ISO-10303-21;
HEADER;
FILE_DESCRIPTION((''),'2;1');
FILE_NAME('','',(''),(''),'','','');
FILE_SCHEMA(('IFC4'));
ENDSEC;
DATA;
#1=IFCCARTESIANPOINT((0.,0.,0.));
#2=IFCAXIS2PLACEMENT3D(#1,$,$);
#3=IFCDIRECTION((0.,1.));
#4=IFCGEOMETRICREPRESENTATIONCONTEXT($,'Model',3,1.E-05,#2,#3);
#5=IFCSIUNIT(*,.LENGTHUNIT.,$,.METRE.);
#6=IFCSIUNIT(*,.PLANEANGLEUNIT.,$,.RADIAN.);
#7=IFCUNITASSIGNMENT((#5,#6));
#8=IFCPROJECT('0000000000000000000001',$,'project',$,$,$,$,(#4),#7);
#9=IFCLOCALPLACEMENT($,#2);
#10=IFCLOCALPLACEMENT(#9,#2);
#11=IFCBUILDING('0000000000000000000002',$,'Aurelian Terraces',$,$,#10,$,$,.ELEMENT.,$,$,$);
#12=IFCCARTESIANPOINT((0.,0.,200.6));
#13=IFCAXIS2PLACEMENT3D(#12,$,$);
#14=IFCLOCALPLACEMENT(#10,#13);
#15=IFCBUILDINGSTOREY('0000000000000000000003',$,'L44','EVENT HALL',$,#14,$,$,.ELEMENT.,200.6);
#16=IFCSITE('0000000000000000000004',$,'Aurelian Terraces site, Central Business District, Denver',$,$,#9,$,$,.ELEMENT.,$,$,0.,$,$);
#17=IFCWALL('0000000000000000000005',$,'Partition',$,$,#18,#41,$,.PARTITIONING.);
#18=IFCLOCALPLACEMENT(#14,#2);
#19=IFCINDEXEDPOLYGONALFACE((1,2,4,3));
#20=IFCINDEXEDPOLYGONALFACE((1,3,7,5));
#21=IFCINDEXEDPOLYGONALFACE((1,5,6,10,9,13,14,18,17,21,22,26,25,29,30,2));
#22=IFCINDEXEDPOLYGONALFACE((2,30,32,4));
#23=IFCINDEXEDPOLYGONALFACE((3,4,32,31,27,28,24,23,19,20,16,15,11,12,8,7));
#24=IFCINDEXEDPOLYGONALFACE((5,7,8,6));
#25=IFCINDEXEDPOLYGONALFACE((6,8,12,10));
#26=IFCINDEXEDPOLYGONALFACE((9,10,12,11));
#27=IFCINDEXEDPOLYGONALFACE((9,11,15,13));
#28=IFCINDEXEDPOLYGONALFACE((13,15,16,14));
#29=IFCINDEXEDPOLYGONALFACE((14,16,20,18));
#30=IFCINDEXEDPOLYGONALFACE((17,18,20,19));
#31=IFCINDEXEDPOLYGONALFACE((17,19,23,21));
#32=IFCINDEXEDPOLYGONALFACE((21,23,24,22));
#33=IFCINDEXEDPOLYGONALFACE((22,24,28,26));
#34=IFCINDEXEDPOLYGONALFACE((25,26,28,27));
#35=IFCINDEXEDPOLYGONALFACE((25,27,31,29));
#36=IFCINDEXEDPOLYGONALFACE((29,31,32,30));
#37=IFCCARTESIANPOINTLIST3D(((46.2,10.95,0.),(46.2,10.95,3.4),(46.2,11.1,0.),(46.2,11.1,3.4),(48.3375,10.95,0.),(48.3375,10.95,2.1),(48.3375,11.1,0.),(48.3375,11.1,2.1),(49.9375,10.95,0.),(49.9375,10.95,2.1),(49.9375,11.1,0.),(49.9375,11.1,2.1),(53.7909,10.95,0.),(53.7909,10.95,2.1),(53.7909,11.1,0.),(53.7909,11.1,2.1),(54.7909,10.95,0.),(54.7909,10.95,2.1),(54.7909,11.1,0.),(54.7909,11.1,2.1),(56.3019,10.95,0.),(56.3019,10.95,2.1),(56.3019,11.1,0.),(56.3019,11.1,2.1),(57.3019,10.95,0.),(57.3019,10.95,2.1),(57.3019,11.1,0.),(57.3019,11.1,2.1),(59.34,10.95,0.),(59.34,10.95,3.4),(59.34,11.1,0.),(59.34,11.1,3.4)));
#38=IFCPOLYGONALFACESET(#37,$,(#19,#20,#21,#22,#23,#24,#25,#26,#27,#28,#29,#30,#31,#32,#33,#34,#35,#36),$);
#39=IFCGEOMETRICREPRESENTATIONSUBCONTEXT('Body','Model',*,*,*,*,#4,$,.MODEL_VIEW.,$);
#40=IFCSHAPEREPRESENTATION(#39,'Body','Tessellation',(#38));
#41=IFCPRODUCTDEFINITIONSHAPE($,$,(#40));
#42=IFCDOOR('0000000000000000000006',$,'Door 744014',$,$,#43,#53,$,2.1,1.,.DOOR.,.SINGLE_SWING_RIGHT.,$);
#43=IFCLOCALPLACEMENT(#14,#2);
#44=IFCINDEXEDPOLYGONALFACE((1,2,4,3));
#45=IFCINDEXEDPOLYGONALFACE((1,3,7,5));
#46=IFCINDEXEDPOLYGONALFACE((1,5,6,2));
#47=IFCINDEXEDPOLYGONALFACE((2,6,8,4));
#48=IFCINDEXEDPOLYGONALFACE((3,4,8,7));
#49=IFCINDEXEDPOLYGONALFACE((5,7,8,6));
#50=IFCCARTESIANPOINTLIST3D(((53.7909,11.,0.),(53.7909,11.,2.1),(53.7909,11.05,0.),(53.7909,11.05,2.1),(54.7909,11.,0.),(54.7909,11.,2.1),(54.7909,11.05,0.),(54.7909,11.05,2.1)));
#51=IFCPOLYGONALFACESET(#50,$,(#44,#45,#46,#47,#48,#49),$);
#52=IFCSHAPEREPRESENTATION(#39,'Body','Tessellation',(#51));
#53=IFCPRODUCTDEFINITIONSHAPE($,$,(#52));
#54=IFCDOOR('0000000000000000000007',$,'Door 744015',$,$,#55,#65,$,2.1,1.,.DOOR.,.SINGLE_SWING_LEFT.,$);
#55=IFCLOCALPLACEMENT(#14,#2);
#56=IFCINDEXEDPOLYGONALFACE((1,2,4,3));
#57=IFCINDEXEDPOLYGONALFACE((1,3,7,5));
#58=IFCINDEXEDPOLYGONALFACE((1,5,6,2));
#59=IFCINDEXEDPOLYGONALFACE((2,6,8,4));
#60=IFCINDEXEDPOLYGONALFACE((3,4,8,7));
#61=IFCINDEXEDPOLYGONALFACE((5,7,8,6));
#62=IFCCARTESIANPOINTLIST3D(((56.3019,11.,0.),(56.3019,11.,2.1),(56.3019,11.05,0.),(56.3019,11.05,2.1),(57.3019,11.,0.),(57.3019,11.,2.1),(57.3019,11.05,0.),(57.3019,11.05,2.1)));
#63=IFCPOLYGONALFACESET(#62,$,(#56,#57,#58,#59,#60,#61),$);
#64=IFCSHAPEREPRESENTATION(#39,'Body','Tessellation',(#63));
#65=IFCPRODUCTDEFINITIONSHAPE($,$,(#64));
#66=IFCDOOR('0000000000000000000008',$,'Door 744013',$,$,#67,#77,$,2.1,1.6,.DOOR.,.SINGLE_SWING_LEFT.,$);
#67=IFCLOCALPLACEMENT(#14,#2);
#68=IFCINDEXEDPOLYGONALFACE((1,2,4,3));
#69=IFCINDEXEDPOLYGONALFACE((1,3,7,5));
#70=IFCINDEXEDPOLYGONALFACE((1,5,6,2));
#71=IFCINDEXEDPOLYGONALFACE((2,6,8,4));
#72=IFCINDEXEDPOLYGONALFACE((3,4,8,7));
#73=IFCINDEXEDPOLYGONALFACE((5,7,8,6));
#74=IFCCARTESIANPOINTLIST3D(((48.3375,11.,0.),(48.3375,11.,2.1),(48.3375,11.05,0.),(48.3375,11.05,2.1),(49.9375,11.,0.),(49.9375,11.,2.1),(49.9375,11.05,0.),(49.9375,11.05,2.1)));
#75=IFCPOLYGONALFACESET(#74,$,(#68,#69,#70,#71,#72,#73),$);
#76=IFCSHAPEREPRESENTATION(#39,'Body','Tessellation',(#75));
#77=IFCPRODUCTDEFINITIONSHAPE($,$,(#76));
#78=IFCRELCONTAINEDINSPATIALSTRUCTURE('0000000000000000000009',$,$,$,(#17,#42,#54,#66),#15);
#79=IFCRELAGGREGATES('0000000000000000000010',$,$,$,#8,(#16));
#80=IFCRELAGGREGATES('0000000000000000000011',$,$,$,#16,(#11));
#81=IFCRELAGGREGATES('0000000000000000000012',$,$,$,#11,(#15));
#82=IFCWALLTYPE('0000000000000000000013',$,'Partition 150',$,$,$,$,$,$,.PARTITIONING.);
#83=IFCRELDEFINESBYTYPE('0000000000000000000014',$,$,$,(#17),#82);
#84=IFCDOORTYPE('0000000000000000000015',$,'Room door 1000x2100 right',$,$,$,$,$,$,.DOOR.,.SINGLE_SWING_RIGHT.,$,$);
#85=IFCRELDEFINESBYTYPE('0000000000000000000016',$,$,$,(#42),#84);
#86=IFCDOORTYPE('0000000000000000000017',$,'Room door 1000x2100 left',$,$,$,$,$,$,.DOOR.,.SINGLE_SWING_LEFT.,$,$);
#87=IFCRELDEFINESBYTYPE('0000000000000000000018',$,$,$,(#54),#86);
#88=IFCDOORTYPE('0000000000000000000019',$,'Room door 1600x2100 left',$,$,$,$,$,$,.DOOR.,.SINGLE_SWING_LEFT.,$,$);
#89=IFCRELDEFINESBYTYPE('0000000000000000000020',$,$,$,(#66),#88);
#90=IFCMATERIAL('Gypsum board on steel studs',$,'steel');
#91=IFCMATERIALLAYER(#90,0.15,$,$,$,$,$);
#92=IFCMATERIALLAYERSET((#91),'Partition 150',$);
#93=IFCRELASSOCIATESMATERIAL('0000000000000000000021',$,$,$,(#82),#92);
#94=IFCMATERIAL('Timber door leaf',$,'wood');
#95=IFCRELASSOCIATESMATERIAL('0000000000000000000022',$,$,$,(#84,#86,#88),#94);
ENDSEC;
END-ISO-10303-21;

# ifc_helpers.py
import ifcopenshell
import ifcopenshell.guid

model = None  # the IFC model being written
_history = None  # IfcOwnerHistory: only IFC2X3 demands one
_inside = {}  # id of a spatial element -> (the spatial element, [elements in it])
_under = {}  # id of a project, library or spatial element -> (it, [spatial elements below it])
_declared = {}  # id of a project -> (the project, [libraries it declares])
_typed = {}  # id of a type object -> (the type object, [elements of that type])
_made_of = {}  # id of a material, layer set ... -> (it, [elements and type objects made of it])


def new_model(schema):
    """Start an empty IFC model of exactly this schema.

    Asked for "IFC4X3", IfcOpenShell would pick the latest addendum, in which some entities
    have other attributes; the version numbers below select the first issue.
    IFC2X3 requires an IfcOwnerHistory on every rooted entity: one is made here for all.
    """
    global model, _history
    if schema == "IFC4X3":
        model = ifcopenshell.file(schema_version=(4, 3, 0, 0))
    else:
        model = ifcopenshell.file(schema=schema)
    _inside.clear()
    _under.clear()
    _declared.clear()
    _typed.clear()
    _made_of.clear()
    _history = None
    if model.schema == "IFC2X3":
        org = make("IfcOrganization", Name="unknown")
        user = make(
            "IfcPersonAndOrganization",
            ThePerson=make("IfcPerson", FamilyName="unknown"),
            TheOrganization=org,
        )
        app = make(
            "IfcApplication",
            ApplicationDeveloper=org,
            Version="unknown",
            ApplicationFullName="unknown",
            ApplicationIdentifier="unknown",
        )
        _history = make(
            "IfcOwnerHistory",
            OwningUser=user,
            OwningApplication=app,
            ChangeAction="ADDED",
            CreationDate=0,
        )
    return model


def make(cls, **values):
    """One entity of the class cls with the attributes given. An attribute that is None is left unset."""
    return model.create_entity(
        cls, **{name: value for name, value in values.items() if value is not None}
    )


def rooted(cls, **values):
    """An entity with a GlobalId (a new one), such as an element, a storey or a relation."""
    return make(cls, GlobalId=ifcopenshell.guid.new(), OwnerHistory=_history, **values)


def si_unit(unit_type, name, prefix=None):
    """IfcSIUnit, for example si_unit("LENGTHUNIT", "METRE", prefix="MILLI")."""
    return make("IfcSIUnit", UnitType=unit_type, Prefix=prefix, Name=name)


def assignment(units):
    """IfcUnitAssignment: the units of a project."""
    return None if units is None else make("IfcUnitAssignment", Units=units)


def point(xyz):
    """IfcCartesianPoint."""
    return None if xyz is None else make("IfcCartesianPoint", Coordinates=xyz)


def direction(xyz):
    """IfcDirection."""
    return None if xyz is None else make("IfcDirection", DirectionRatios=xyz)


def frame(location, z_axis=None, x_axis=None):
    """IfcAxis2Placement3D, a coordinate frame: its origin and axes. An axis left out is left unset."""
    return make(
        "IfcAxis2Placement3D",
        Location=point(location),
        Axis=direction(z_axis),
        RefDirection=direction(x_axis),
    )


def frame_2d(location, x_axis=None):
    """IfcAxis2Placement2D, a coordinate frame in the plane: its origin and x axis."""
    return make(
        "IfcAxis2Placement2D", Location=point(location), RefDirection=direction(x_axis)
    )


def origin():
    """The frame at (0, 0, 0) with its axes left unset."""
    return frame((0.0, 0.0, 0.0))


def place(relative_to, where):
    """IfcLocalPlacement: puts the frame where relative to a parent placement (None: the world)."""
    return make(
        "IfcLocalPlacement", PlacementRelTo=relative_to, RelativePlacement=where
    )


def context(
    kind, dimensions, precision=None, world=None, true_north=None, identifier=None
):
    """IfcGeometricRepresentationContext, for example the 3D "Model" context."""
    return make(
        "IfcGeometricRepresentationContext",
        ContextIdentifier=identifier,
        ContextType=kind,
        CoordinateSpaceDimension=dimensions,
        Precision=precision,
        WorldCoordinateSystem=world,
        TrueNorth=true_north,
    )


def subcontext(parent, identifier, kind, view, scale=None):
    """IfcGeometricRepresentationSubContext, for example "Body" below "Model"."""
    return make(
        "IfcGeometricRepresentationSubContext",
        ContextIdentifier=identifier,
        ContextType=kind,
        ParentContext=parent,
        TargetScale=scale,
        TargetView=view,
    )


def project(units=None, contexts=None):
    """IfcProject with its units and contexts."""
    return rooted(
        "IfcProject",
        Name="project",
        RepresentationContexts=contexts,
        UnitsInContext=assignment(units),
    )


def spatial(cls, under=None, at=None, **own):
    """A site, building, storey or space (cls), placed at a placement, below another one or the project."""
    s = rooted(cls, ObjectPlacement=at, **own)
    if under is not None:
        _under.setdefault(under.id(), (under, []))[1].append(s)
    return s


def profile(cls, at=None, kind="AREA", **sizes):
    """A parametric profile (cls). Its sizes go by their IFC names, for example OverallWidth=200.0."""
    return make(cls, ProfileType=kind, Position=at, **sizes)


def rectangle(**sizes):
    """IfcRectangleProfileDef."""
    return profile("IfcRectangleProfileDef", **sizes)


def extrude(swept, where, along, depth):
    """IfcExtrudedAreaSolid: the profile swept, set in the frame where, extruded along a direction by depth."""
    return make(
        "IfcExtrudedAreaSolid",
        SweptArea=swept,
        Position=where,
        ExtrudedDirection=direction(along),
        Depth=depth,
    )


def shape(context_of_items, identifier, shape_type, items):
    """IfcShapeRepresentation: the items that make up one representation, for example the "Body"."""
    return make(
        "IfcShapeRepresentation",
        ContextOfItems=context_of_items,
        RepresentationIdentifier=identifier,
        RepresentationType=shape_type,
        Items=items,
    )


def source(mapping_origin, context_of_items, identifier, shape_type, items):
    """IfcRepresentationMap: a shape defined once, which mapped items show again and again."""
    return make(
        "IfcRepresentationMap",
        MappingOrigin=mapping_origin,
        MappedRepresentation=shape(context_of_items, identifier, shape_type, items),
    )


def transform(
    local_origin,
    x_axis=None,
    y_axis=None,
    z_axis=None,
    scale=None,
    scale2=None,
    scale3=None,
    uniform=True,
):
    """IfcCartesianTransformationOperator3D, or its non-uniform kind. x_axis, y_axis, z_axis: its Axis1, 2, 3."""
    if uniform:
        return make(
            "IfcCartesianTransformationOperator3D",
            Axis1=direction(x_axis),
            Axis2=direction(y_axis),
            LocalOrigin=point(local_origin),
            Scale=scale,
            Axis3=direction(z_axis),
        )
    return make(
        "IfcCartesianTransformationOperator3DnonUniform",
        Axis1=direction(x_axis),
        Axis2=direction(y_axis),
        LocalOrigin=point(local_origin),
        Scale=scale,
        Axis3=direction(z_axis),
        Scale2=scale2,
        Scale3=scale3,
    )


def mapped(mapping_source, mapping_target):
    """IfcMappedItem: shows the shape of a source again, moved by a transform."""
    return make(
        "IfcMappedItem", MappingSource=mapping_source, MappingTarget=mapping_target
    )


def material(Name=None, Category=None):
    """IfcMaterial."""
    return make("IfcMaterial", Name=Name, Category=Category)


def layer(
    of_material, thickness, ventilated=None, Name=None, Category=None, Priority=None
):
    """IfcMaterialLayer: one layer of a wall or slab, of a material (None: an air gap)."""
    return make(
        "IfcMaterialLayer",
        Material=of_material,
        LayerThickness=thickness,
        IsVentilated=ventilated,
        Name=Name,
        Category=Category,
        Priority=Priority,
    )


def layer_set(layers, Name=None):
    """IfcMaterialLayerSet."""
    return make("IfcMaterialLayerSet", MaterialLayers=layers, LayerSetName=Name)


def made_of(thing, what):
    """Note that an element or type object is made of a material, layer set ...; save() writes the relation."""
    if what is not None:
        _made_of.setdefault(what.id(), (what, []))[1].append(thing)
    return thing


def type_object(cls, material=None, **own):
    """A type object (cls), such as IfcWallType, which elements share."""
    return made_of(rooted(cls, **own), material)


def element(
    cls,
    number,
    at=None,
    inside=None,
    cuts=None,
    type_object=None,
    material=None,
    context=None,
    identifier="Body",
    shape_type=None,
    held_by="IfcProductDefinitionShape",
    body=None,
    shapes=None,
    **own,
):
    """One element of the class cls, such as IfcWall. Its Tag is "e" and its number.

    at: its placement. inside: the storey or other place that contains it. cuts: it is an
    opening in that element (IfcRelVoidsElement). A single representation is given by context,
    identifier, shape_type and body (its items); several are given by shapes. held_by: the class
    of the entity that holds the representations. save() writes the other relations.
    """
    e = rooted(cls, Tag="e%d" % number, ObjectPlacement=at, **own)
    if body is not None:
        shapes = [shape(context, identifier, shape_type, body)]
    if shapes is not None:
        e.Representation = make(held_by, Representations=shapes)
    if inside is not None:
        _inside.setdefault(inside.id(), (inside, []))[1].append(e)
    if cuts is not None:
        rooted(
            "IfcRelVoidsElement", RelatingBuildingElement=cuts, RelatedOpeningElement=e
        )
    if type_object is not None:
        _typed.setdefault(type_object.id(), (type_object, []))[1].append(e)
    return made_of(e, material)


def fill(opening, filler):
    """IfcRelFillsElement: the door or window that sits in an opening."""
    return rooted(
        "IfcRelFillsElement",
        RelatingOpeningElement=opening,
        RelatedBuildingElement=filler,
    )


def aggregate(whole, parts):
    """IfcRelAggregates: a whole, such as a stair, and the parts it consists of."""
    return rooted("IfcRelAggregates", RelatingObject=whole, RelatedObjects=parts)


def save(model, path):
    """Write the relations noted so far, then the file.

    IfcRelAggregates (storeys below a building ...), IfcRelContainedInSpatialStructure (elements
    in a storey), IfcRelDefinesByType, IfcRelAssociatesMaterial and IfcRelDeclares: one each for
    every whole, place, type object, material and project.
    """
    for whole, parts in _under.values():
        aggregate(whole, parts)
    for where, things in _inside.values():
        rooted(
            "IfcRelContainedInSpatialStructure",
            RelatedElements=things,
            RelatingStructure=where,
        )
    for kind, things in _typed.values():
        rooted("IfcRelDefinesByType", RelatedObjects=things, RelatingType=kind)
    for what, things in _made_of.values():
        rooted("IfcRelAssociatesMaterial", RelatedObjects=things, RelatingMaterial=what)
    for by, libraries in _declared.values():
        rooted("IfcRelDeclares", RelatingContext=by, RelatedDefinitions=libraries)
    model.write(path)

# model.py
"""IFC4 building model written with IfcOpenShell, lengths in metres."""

from ifc_helpers import new_model, si_unit, direction, frame, frame_2d, origin, place, context, subcontext, project, spatial, rectangle, extrude, source, transform, mapped, material, layer, layer_set, type_object, element, fill, save


model = new_model("IFC4")

# Units and contexts
model_context = context("Model", 3, precision=1e-05, world=origin(), true_north=direction((0.0, 1.0)))
body_context = subcontext(model_context, "Body", "Model", "MODEL_VIEW")
ifc_project = project(units=[si_unit("LENGTHUNIT", "METRE"), si_unit("PLANEANGLEUNIT", "RADIAN")], contexts=[model_context])

# Site, building, storey
site_placement = place(None, origin())
site = spatial("IfcSite", under=ifc_project, at=site_placement, Name="Aurelian Terraces site, Central Business District, Denver", CompositionType="ELEMENT", RefElevation=0.0)
building_placement = place(site_placement, origin())
building = spatial("IfcBuilding", under=site, at=building_placement, Name="Aurelian Terraces", CompositionType="ELEMENT")
storey_placement = place(building_placement, frame((0.0, 0.0, 200.6)))
storey = spatial("IfcBuildingStorey", under=building, at=storey_placement, Name="L44", Description="EVENT HALL", CompositionType="ELEMENT", Elevation=200.6)

# Wall, openings, doors
ifc_material_1 = material(Name="Gypsum board on steel studs", Category="steel")
ifc_layer_1 = layer(ifc_material_1, 0.15)
ifc_layer_set_1 = layer_set([ifc_layer_1], Name="Partition 150")
wall_type_1 = type_object("IfcWallType", Name="Partition 150", PredefinedType="PARTITIONING", material=ifc_layer_set_1)
shared_shape_1 = source(origin(), body_context, "Body", "SweptSolid", [
    extrude(rectangle(XDim=13.14, YDim=0.15, at=frame_2d((6.57, 0.0))), origin(), (0.0, 0.0, 1.0), 3.4),
])
wall_1_placement = place(storey_placement, frame((59.34, 11.025, 0.0), z_axis=(0.0, 0.0, 1.0), x_axis=(-1.0, 0.0, 0.0)))
wall_1 = element("IfcWall", 1, at=wall_1_placement, inside=storey, type_object=wall_type_1, Name="Partition", PredefinedType="PARTITIONING", context=body_context, shape_type="MappedRepresentation", body=[
    mapped(shared_shape_1, transform((0.0, 0.0, 0.0), scale=1.0)),
])
shared_shape_2 = source(origin(), body_context, "Body", "SweptSolid", [
    extrude(rectangle(XDim=1.6, YDim=2.1, at=frame_2d((0.8, 1.05))), frame((0.0, 0.085, 0.0), z_axis=(0.0, -1.0, 0.0), x_axis=(1.0, 0.0, 0.0)), (0.0, 0.0, 1.0), 0.17),
])
opening_1_placement = place(wall_1_placement, frame((9.4025, 0.0, 0.0)))
opening_1 = element("IfcOpeningElement", 2, at=opening_1_placement, cuts=wall_1, PredefinedType="OPENING", context=body_context, shape_type="MappedRepresentation", body=[
    mapped(shared_shape_2, transform((0.0, 0.0, 0.0), scale=1.0)),
])
shared_shape_3 = source(origin(), body_context, "Body", "SweptSolid", [
    extrude(rectangle(XDim=1.0, YDim=2.1, at=frame_2d((0.5, 1.05))), frame((0.0, 0.085, 0.0), z_axis=(0.0, -1.0, 0.0), x_axis=(1.0, 0.0, 0.0)), (0.0, 0.0, 1.0), 0.17),
])
opening_2_placement = place(wall_1_placement, frame((4.5491, 0.0, 0.0)))
opening_2 = element("IfcOpeningElement", 3, at=opening_2_placement, cuts=wall_1, PredefinedType="OPENING", context=body_context, shape_type="MappedRepresentation", body=[
    mapped(shared_shape_3, transform((0.0, 0.0, 0.0), scale=1.0)),
])
opening_3_placement = place(wall_1_placement, frame((2.0381, 0.0, 0.0)))
opening_3 = element("IfcOpeningElement", 4, at=opening_3_placement, cuts=wall_1, PredefinedType="OPENING", context=body_context, shape_type="MappedRepresentation", body=[
    mapped(shared_shape_3, transform((0.0, 0.0, 0.0), scale=1.0)),
])
ifc_material_2 = material(Name="Timber door leaf", Category="wood")
door_type_1 = type_object("IfcDoorType", Name="Room door 1000x2100 right", OperationType="SINGLE_SWING_RIGHT", PredefinedType="DOOR", material=ifc_material_2)
shared_shape_4 = source(origin(), body_context, "Body", "SweptSolid", [
    extrude(rectangle(XDim=1.0, YDim=2.1, at=frame_2d((0.5, 1.05))), frame((0.0, 0.025, 0.0), z_axis=(0.0, -1.0, 0.0), x_axis=(1.0, 0.0, 0.0)), (0.0, 0.0, 1.0), 0.05),
])
door_1_placement = place(opening_2_placement, origin())
door_1 = element("IfcDoor", 5, at=door_1_placement, inside=storey, type_object=door_type_1, Name="Door 744014", OperationType="SINGLE_SWING_RIGHT", OverallHeight=2.1, OverallWidth=1.0, PredefinedType="DOOR", context=body_context, shape_type="MappedRepresentation", body=[
    mapped(shared_shape_4, transform((0.0, 0.0, 0.0), scale=1.0)),
])
fill(opening_2, door_1)
door_type_2 = type_object("IfcDoorType", Name="Room door 1000x2100 left", OperationType="SINGLE_SWING_LEFT", PredefinedType="DOOR", material=ifc_material_2)
door_2_placement = place(opening_3_placement, origin())
door_2 = element("IfcDoor", 6, at=door_2_placement, inside=storey, type_object=door_type_2, Name="Door 744015", OperationType="SINGLE_SWING_LEFT", OverallHeight=2.1, OverallWidth=1.0, PredefinedType="DOOR", context=body_context, shape_type="MappedRepresentation", body=[
    mapped(shared_shape_4, transform((0.0, 0.0, 0.0), scale=1.0)),
])
fill(opening_3, door_2)
door_type_3 = type_object("IfcDoorType", Name="Room door 1600x2100 left", OperationType="SINGLE_SWING_LEFT", PredefinedType="DOOR", material=ifc_material_2)
shared_shape_5 = source(origin(), body_context, "Body", "SweptSolid", [
    extrude(rectangle(XDim=1.6, YDim=2.1, at=frame_2d((0.8, 1.05))), frame((0.0, 0.025, 0.0), z_axis=(0.0, -1.0, 0.0), x_axis=(1.0, 0.0, 0.0)), (0.0, 0.0, 1.0), 0.05),
])
door_3_placement = place(opening_1_placement, origin())
door_3 = element("IfcDoor", 7, at=door_3_placement, inside=storey, type_object=door_type_3, Name="Door 744013", OperationType="SINGLE_SWING_LEFT", OverallHeight=2.1, OverallWidth=1.6, PredefinedType="DOOR", context=body_context, shape_type="MappedRepresentation", body=[
    mapped(shared_shape_5, transform((0.0, 0.0, 0.0), scale=1.0)),
])
fill(opening_1, door_3)

save(model, "model.ifc")
